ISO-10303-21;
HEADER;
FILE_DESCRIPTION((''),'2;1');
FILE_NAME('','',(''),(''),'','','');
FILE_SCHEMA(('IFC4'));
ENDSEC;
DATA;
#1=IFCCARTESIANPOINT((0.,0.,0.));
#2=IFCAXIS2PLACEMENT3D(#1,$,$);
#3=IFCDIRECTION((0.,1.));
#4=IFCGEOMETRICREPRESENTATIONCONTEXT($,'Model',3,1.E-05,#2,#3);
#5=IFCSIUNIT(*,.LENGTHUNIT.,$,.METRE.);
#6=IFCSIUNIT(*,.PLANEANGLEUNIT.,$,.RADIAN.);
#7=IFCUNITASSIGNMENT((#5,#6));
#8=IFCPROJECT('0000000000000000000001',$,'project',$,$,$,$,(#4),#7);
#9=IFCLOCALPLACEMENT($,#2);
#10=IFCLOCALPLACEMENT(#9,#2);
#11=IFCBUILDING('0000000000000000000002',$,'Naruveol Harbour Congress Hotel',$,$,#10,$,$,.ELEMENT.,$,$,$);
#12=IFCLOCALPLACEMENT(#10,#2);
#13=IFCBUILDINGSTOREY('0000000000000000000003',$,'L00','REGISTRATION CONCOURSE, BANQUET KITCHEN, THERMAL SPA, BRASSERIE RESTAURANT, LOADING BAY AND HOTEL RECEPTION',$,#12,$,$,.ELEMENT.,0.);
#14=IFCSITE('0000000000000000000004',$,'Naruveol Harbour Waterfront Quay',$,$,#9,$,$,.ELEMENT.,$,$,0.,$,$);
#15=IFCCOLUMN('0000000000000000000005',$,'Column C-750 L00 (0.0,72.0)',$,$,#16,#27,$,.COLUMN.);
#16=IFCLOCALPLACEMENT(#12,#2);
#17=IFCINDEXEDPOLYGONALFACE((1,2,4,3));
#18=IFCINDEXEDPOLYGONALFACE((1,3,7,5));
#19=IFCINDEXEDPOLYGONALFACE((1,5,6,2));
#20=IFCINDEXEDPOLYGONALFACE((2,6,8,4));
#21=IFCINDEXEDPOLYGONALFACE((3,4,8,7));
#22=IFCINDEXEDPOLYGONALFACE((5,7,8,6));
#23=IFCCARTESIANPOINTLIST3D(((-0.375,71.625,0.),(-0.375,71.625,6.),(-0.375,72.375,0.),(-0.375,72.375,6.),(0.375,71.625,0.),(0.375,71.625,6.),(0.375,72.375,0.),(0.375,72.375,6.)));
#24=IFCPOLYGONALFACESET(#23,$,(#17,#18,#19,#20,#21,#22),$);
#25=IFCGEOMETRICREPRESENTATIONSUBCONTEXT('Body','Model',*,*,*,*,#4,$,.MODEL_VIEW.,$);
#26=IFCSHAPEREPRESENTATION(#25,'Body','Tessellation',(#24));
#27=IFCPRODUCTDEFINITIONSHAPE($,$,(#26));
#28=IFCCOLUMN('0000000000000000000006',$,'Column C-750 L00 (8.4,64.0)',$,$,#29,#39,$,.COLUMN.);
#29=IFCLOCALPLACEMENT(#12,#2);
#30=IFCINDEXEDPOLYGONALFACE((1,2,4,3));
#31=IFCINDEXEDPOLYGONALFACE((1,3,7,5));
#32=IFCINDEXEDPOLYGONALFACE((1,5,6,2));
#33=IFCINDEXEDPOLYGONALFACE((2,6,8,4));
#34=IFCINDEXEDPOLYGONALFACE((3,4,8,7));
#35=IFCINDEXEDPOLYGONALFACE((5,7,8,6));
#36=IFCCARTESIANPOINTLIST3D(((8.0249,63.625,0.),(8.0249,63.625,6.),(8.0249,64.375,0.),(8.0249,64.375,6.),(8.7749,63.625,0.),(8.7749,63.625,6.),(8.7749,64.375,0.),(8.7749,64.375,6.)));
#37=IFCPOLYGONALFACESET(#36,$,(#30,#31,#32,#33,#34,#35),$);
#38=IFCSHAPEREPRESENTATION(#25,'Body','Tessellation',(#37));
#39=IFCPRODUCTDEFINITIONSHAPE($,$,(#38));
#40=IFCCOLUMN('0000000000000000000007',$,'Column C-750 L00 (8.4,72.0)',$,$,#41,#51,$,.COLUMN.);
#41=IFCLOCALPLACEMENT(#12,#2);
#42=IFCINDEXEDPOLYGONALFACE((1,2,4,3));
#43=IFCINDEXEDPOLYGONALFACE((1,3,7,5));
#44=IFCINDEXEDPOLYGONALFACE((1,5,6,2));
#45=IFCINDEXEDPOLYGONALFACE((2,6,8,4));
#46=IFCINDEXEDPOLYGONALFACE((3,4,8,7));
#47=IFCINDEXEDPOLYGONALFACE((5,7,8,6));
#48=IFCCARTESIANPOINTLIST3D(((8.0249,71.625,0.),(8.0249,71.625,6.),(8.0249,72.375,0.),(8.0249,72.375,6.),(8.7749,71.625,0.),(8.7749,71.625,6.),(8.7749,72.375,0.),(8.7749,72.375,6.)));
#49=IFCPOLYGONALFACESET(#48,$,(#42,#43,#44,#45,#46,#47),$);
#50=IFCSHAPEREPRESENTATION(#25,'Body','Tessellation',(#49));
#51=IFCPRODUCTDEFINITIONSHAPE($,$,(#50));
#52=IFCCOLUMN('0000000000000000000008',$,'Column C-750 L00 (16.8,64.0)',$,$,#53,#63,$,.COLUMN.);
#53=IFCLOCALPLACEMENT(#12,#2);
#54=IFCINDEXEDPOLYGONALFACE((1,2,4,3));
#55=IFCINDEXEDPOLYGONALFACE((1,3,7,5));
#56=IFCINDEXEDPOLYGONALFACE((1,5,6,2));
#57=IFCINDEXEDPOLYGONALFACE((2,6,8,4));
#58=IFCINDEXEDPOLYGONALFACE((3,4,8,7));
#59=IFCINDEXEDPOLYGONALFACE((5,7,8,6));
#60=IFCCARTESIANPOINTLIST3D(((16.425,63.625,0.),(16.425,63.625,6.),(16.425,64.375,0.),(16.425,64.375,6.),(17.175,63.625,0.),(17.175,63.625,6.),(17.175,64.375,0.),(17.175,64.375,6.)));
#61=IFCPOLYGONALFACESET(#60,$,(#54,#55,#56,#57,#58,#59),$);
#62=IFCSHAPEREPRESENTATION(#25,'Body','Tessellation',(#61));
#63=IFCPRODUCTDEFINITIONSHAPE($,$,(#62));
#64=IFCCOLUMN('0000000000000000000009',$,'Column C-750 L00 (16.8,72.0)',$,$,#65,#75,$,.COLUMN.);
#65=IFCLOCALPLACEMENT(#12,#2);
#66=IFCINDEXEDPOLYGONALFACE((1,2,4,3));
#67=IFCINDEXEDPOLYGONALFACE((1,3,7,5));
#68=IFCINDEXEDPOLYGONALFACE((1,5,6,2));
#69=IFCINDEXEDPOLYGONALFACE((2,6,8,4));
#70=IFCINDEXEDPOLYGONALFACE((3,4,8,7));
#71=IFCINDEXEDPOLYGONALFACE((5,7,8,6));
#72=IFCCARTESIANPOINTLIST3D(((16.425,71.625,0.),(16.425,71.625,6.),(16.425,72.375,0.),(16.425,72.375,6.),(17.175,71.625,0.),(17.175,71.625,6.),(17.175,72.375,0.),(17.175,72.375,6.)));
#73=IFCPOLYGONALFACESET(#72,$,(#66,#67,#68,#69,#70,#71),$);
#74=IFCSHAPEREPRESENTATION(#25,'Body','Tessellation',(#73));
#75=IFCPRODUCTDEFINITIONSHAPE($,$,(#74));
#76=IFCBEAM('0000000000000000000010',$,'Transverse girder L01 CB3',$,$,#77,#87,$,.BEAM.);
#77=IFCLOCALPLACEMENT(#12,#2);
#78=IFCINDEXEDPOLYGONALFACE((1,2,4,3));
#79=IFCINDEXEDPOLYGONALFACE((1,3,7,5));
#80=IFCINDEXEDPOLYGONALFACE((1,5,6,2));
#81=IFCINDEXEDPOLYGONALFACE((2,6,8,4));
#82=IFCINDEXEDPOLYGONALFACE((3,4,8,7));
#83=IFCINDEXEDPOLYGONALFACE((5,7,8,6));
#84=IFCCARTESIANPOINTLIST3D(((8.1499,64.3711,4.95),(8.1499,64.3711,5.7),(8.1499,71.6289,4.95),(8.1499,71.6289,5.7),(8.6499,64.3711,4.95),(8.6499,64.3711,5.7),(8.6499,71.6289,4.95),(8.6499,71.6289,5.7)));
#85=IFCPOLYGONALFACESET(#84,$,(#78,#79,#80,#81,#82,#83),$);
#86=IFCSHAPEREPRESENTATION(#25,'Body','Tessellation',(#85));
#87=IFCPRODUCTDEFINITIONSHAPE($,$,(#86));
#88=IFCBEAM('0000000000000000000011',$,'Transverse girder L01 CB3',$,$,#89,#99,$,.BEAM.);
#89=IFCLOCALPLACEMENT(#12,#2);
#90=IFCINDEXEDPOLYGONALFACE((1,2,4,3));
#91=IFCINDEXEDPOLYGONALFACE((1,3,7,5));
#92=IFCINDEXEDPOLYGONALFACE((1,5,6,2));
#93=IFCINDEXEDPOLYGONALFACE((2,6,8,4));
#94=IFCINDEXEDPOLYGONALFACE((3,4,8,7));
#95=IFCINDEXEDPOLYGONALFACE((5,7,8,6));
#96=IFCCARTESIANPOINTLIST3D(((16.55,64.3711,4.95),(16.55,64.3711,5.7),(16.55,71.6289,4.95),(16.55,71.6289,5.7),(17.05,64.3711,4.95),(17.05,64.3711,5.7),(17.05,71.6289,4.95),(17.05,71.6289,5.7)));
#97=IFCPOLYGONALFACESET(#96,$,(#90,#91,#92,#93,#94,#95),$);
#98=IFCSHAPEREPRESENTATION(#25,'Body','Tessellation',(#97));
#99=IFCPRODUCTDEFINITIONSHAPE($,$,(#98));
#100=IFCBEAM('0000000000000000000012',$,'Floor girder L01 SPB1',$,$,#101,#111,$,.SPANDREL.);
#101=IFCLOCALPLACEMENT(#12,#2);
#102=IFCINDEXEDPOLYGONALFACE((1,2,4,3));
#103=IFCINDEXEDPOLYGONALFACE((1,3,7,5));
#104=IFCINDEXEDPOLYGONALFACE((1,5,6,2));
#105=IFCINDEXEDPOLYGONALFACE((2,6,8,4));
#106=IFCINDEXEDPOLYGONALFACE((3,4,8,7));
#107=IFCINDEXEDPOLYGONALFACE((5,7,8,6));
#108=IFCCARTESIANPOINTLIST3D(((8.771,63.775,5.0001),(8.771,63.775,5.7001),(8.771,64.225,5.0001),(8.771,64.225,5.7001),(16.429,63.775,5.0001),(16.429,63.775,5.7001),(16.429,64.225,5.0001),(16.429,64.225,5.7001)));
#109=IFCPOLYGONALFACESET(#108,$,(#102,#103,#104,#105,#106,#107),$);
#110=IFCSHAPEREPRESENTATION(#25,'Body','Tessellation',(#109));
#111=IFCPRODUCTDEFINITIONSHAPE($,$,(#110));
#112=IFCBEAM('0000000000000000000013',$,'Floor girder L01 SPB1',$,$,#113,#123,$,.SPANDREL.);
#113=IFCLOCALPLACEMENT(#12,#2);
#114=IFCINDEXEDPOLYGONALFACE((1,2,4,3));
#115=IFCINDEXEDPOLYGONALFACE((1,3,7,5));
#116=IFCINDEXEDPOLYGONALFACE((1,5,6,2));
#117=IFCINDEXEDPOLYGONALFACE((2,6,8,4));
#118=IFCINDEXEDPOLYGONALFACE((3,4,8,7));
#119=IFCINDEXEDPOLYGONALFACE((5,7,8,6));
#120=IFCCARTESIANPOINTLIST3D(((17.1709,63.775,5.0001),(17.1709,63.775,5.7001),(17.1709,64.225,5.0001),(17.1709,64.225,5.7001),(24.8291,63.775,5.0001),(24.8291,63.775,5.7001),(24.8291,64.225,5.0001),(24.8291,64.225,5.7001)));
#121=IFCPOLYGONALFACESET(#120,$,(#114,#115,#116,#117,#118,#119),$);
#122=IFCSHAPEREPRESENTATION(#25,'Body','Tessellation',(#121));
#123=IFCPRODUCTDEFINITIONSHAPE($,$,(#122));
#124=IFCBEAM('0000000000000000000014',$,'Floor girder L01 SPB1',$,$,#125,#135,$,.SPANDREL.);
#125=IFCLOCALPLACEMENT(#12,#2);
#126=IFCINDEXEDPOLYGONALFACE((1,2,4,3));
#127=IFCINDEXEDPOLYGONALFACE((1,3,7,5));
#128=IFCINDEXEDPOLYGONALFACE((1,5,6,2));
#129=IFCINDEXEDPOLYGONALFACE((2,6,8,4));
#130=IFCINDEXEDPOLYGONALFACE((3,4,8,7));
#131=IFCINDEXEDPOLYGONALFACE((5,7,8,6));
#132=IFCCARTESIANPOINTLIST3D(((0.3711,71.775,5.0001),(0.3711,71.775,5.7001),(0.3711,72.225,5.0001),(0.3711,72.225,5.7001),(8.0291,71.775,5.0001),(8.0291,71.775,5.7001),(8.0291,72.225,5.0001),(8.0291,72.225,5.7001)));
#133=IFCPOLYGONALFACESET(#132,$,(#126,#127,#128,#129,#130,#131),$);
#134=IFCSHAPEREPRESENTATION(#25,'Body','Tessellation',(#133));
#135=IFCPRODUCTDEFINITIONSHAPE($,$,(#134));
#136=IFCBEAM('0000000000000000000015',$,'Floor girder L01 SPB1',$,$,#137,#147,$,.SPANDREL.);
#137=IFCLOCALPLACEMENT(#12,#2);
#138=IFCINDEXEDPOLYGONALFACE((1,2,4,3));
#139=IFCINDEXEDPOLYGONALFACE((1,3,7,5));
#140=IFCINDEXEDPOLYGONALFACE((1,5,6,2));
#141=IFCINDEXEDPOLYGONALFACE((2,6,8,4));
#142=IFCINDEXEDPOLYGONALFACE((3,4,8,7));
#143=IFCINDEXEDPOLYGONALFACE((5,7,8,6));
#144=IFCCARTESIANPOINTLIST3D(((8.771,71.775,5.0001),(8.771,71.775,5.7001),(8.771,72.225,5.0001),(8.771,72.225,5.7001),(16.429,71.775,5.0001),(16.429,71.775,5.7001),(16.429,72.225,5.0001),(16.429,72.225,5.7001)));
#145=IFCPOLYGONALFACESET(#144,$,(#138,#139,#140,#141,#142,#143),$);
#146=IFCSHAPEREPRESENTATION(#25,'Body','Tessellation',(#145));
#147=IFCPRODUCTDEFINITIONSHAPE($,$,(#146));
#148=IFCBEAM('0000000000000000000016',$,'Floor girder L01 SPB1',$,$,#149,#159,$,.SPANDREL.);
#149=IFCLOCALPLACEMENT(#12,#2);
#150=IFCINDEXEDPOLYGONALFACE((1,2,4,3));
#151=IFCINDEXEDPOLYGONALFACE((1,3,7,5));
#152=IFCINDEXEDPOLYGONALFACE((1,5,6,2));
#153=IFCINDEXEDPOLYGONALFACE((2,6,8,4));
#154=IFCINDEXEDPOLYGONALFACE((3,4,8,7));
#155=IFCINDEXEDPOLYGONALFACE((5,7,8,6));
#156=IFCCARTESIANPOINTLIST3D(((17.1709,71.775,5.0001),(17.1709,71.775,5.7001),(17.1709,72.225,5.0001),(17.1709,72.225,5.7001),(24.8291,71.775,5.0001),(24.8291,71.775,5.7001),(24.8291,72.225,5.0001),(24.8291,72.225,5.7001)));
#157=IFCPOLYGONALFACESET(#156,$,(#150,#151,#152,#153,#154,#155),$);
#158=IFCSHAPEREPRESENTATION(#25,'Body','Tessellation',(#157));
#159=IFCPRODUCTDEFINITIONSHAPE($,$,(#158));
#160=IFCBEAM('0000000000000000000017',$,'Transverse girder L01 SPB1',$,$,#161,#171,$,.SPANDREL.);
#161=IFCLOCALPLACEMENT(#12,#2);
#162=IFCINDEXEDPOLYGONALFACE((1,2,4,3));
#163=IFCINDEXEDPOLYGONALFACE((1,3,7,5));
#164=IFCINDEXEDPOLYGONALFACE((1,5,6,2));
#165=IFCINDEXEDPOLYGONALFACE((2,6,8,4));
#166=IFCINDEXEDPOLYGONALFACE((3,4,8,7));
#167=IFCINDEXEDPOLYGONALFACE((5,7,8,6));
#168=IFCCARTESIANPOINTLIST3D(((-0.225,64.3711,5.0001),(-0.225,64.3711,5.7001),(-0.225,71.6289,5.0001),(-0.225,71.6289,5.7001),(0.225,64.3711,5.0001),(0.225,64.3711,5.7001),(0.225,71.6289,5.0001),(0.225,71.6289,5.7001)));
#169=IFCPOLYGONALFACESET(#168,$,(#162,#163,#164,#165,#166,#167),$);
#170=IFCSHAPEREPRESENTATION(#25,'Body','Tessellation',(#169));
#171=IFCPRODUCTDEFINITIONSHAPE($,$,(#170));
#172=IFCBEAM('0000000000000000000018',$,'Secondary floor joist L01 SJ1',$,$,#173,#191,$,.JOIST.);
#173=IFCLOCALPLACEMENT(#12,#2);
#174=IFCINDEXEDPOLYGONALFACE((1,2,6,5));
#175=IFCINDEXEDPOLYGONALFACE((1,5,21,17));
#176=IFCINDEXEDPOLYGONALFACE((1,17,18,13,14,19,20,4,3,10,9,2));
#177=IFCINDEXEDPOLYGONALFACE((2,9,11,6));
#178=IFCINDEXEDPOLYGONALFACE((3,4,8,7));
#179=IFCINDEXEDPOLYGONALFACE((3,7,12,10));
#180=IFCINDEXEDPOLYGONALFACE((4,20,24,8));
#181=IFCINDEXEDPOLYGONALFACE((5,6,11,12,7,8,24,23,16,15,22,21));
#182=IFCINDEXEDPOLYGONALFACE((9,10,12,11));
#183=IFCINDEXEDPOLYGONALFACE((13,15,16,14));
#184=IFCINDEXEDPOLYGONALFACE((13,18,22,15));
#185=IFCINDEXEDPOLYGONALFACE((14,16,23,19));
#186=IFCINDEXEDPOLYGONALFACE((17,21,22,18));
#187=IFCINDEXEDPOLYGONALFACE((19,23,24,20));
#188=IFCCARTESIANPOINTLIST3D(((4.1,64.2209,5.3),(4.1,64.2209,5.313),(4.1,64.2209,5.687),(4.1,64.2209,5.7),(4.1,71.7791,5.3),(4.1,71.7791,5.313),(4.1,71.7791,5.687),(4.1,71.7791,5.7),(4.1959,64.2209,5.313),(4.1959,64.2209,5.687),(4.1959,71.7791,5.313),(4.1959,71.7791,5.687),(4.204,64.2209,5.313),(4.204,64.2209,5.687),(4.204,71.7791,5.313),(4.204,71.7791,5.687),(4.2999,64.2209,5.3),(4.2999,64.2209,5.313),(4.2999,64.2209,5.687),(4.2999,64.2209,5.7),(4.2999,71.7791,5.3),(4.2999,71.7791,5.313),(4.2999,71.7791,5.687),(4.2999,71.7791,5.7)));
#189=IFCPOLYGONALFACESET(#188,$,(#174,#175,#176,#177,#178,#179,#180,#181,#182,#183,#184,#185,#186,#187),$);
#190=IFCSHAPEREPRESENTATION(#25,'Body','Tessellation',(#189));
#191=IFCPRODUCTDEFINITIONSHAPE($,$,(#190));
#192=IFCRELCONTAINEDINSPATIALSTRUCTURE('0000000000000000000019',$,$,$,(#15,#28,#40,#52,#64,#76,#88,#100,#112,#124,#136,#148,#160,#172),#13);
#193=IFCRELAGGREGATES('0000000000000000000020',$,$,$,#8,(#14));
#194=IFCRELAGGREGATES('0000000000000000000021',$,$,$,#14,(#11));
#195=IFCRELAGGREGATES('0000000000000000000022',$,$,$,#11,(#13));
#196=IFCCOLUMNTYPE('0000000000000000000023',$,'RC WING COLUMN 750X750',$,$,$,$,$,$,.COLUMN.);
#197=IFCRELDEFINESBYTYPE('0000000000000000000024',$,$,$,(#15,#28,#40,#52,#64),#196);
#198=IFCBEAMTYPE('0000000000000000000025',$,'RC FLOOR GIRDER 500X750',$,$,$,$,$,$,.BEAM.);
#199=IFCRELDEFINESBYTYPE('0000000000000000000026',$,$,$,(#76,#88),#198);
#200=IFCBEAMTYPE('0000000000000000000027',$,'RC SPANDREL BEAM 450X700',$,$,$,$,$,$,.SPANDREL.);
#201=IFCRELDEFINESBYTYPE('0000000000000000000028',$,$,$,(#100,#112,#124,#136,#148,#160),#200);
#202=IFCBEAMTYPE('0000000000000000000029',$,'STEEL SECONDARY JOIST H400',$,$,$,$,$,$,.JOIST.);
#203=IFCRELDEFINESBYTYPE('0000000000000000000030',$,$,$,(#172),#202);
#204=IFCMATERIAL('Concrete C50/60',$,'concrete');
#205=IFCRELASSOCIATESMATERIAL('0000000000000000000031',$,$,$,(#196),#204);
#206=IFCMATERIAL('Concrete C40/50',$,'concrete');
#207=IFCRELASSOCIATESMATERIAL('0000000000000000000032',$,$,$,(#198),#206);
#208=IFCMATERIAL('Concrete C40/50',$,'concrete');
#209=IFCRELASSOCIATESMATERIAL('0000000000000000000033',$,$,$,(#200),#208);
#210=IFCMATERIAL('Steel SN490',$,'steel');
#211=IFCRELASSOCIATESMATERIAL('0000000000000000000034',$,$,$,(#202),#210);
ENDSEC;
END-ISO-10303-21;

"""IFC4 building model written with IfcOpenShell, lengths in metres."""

from ifc_helpers import new_model, si_unit, direction, frame, origin, origin_2d, place, context, subcontext, project, spatial, rectangle, i_section, extrude, material, material_profile, profile_set, type_object, element, save


model = new_model("IFC4")

# Units and contexts
model_context = context("Model", 3, precision=1e-05, world=origin(), true_north=direction((0.0, 1.0)))
body_context = subcontext(model_context, "Body", "Model", "MODEL_VIEW")
ifc_project = project(units=[si_unit("LENGTHUNIT", "METRE"), si_unit("PLANEANGLEUNIT", "RADIAN")], contexts=[model_context])

# Site, building, storey
site_placement = place(None, origin())
site = spatial("IfcSite", under=ifc_project, at=site_placement, Name="Naruveol Harbour Waterfront Quay", CompositionType="ELEMENT", RefElevation=0.0)
building_placement = place(site_placement, origin())
building = spatial("IfcBuilding", under=site, at=building_placement, Name="Naruveol Harbour Congress Hotel", CompositionType="ELEMENT")
storey_placement = place(building_placement, origin())
storey = spatial("IfcBuildingStorey", under=building, at=storey_placement, Name="L00", Description="REGISTRATION CONCOURSE, BANQUET KITCHEN, THERMAL SPA, BRASSERIE RESTAURANT, LOADING BAY AND HOTEL RECEPTION", CompositionType="ELEMENT", Elevation=0.0)

# Columns
ifc_material_1 = material(Name="Concrete C50/60", Category="concrete")
ifc_material_profile_1 = material_profile(ifc_material_1, rectangle(XDim=0.75, YDim=0.75, at=origin_2d()), Name="RC-750x750")
ifc_profile_set_1 = profile_set([ifc_material_profile_1], Name="Concrete C50/60")
column_type = type_object("IfcColumnType", Name="RC WING COLUMN 750X750", PredefinedType="COLUMN", material=ifc_profile_set_1)
for number, where, z_axis, x_axis, name in (
    (1, (0.0, 72.0, 0.0), (0.0, 0.0, 1.0), (1.0, 0.0, 0.0), "Column C-750 L00 (0.0,72.0)"),
    (2, (8.3999, 64.0, 0.0), (0.0, 0.0, 1.0), (1.0, 0.0, 0.0), "Column C-750 L00 (8.4,64.0)"),
    (3, (8.3999, 72.0, 0.0), (0.0, 0.0, 1.0), (1.0, 0.0, 0.0), "Column C-750 L00 (8.4,72.0)"),
    (4, (16.8, 64.0, 0.0), (0.0, 0.0, 1.0), (1.0, 0.0, 0.0), "Column C-750 L00 (16.8,64.0)"),
    (5, (16.8, 72.0, 0.0), (0.0, 0.0, 1.0), (1.0, 0.0, 0.0), "Column C-750 L00 (16.8,72.0)"),
):
    element("IfcColumn", number, at=place(storey_placement, frame(where, z_axis=z_axis, x_axis=x_axis)), inside=storey, type_object=column_type, Name=name, PredefinedType="COLUMN", context=body_context, shape_type="SweptSolid", body=[
        extrude(rectangle(XDim=0.75, YDim=0.75, at=origin_2d()), origin(), (0.0, 0.0, 1.0), 6.0),
    ])

# Beams
ifc_material_2 = material(Name="Concrete C40/50", Category="concrete")
ifc_material_profile_2 = material_profile(ifc_material_2, rectangle(XDim=0.5, YDim=0.75, at=origin_2d()), Name="RCB-500x750")
ifc_profile_set_2 = profile_set([ifc_material_profile_2], Name="Concrete C40/50")
beam_type_1 = type_object("IfcBeamType", Name="RC FLOOR GIRDER 500X750", PredefinedType="BEAM", material=ifc_profile_set_2)
for number, where, z_axis, x_axis, name in (
    (6, (8.3999, 64.3711, 5.325), (0.0, 1.0, 0.0), (-1.0, 0.0, 0.0), "Transverse girder L01 CB3"),
    (7, (16.8, 64.3711, 5.325), (0.0, 1.0, 0.0), (-1.0, 0.0, 0.0), "Transverse girder L01 CB3"),
):
    element("IfcBeam", number, at=place(storey_placement, frame(where, z_axis=z_axis, x_axis=x_axis)), inside=storey, type_object=beam_type_1, Name=name, PredefinedType="BEAM", context=body_context, shape_type="SweptSolid", body=[
        extrude(rectangle(XDim=0.5, YDim=0.75, at=origin_2d()), origin(), (0.0, 0.0, 1.0), 7.2578),
    ])
ifc_material_3 = material(Name="Concrete C40/50", Category="concrete")
ifc_material_profile_3 = material_profile(ifc_material_3, rectangle(XDim=0.45, YDim=0.7, at=origin_2d()), Name="RCB-450x700")
ifc_profile_set_3 = profile_set([ifc_material_profile_3], Name="Concrete C40/50")
beam_type_2 = type_object("IfcBeamType", Name="RC SPANDREL BEAM 450X700", PredefinedType="SPANDREL", material=ifc_profile_set_3)
beam_1_placement = place(storey_placement, frame((8.771, 64.0, 5.3501), z_axis=(1.0, 0.0, 0.0), x_axis=(0.0, 1.0, 0.0)))
element("IfcBeam", 8, at=beam_1_placement, inside=storey, type_object=beam_type_2, Name="Floor girder L01 SPB1", PredefinedType="SPANDREL", context=body_context, shape_type="SweptSolid", body=[
    extrude(rectangle(XDim=0.45, YDim=0.7, at=origin_2d()), origin(), (0.0, 0.0, 1.0), 7.658),
])
beam_2_placement = place(storey_placement, frame((17.1709, 64.0, 5.3501), z_axis=(1.0, 0.0, 0.0), x_axis=(0.0, 1.0, 0.0)))
element("IfcBeam", 9, at=beam_2_placement, inside=storey, type_object=beam_type_2, Name="Floor girder L01 SPB1", PredefinedType="SPANDREL", context=body_context, shape_type="SweptSolid", body=[
    extrude(rectangle(XDim=0.45, YDim=0.7, at=origin_2d()), origin(), (0.0, 0.0, 1.0), 7.6582),
])
for number, where, z_axis, x_axis, name in (
    (10, (0.3711, 72.0, 5.3501), (1.0, 0.0, 0.0), (0.0, 1.0, 0.0), "Floor girder L01 SPB1"),
    (11, (8.771, 72.0, 5.3501), (1.0, 0.0, 0.0), (0.0, 1.0, 0.0), "Floor girder L01 SPB1"),
):
    element("IfcBeam", number, at=place(storey_placement, frame(where, z_axis=z_axis, x_axis=x_axis)), inside=storey, type_object=beam_type_2, Name=name, PredefinedType="SPANDREL", context=body_context, shape_type="SweptSolid", body=[
        extrude(rectangle(XDim=0.45, YDim=0.7, at=origin_2d()), origin(), (0.0, 0.0, 1.0), 7.658),
    ])
beam_3_placement = place(storey_placement, frame((17.1709, 72.0, 5.3501), z_axis=(1.0, 0.0, 0.0), x_axis=(0.0, 1.0, 0.0)))
element("IfcBeam", 12, at=beam_3_placement, inside=storey, type_object=beam_type_2, Name="Floor girder L01 SPB1", PredefinedType="SPANDREL", context=body_context, shape_type="SweptSolid", body=[
    extrude(rectangle(XDim=0.45, YDim=0.7, at=origin_2d()), origin(), (0.0, 0.0, 1.0), 7.6582),
])
beam_4_placement = place(storey_placement, frame((0.0, 64.3711, 5.3501), z_axis=(0.0, 1.0, 0.0), x_axis=(-1.0, 0.0, 0.0)))
element("IfcBeam", 13, at=beam_4_placement, inside=storey, type_object=beam_type_2, Name="Transverse girder L01 SPB1", PredefinedType="SPANDREL", context=body_context, shape_type="SweptSolid", body=[
    extrude(rectangle(XDim=0.45, YDim=0.7, at=origin_2d()), origin(), (0.0, 0.0, 1.0), 7.2578),
])
ifc_material_4 = material(Name="Steel SN490", Category="steel")
ifc_material_profile_4 = material_profile(ifc_material_4, i_section(OverallWidth=0.2, OverallDepth=0.3999, WebThickness=0.0081, FlangeThickness=0.0129, at=origin_2d()), Name="H-400x200x8x13")
ifc_profile_set_4 = profile_set([ifc_material_profile_4], Name="Steel SN490")
beam_type_3 = type_object("IfcBeamType", Name="STEEL SECONDARY JOIST H400", PredefinedType="JOIST", material=ifc_profile_set_4)
for number, where, z_axis, x_axis, name in (
    (14, (4.2, 64.2209, 5.5), (0.0, 1.0, 0.0), (-1.0, 0.0, 0.0), "Secondary floor joist L01 SJ1"),
):
    element("IfcBeam", number, at=place(storey_placement, frame(where, z_axis=z_axis, x_axis=x_axis)), inside=storey, type_object=beam_type_3, Name=name, PredefinedType="JOIST", context=body_context, shape_type="SweptSolid", body=[
        extrude(i_section(OverallWidth=0.2, OverallDepth=0.3999, WebThickness=0.0081, FlangeThickness=0.0129, at=origin_2d()), origin(), (0.0, 0.0, 1.0), 7.5581),
    ])

save(model, "model.ifc")
